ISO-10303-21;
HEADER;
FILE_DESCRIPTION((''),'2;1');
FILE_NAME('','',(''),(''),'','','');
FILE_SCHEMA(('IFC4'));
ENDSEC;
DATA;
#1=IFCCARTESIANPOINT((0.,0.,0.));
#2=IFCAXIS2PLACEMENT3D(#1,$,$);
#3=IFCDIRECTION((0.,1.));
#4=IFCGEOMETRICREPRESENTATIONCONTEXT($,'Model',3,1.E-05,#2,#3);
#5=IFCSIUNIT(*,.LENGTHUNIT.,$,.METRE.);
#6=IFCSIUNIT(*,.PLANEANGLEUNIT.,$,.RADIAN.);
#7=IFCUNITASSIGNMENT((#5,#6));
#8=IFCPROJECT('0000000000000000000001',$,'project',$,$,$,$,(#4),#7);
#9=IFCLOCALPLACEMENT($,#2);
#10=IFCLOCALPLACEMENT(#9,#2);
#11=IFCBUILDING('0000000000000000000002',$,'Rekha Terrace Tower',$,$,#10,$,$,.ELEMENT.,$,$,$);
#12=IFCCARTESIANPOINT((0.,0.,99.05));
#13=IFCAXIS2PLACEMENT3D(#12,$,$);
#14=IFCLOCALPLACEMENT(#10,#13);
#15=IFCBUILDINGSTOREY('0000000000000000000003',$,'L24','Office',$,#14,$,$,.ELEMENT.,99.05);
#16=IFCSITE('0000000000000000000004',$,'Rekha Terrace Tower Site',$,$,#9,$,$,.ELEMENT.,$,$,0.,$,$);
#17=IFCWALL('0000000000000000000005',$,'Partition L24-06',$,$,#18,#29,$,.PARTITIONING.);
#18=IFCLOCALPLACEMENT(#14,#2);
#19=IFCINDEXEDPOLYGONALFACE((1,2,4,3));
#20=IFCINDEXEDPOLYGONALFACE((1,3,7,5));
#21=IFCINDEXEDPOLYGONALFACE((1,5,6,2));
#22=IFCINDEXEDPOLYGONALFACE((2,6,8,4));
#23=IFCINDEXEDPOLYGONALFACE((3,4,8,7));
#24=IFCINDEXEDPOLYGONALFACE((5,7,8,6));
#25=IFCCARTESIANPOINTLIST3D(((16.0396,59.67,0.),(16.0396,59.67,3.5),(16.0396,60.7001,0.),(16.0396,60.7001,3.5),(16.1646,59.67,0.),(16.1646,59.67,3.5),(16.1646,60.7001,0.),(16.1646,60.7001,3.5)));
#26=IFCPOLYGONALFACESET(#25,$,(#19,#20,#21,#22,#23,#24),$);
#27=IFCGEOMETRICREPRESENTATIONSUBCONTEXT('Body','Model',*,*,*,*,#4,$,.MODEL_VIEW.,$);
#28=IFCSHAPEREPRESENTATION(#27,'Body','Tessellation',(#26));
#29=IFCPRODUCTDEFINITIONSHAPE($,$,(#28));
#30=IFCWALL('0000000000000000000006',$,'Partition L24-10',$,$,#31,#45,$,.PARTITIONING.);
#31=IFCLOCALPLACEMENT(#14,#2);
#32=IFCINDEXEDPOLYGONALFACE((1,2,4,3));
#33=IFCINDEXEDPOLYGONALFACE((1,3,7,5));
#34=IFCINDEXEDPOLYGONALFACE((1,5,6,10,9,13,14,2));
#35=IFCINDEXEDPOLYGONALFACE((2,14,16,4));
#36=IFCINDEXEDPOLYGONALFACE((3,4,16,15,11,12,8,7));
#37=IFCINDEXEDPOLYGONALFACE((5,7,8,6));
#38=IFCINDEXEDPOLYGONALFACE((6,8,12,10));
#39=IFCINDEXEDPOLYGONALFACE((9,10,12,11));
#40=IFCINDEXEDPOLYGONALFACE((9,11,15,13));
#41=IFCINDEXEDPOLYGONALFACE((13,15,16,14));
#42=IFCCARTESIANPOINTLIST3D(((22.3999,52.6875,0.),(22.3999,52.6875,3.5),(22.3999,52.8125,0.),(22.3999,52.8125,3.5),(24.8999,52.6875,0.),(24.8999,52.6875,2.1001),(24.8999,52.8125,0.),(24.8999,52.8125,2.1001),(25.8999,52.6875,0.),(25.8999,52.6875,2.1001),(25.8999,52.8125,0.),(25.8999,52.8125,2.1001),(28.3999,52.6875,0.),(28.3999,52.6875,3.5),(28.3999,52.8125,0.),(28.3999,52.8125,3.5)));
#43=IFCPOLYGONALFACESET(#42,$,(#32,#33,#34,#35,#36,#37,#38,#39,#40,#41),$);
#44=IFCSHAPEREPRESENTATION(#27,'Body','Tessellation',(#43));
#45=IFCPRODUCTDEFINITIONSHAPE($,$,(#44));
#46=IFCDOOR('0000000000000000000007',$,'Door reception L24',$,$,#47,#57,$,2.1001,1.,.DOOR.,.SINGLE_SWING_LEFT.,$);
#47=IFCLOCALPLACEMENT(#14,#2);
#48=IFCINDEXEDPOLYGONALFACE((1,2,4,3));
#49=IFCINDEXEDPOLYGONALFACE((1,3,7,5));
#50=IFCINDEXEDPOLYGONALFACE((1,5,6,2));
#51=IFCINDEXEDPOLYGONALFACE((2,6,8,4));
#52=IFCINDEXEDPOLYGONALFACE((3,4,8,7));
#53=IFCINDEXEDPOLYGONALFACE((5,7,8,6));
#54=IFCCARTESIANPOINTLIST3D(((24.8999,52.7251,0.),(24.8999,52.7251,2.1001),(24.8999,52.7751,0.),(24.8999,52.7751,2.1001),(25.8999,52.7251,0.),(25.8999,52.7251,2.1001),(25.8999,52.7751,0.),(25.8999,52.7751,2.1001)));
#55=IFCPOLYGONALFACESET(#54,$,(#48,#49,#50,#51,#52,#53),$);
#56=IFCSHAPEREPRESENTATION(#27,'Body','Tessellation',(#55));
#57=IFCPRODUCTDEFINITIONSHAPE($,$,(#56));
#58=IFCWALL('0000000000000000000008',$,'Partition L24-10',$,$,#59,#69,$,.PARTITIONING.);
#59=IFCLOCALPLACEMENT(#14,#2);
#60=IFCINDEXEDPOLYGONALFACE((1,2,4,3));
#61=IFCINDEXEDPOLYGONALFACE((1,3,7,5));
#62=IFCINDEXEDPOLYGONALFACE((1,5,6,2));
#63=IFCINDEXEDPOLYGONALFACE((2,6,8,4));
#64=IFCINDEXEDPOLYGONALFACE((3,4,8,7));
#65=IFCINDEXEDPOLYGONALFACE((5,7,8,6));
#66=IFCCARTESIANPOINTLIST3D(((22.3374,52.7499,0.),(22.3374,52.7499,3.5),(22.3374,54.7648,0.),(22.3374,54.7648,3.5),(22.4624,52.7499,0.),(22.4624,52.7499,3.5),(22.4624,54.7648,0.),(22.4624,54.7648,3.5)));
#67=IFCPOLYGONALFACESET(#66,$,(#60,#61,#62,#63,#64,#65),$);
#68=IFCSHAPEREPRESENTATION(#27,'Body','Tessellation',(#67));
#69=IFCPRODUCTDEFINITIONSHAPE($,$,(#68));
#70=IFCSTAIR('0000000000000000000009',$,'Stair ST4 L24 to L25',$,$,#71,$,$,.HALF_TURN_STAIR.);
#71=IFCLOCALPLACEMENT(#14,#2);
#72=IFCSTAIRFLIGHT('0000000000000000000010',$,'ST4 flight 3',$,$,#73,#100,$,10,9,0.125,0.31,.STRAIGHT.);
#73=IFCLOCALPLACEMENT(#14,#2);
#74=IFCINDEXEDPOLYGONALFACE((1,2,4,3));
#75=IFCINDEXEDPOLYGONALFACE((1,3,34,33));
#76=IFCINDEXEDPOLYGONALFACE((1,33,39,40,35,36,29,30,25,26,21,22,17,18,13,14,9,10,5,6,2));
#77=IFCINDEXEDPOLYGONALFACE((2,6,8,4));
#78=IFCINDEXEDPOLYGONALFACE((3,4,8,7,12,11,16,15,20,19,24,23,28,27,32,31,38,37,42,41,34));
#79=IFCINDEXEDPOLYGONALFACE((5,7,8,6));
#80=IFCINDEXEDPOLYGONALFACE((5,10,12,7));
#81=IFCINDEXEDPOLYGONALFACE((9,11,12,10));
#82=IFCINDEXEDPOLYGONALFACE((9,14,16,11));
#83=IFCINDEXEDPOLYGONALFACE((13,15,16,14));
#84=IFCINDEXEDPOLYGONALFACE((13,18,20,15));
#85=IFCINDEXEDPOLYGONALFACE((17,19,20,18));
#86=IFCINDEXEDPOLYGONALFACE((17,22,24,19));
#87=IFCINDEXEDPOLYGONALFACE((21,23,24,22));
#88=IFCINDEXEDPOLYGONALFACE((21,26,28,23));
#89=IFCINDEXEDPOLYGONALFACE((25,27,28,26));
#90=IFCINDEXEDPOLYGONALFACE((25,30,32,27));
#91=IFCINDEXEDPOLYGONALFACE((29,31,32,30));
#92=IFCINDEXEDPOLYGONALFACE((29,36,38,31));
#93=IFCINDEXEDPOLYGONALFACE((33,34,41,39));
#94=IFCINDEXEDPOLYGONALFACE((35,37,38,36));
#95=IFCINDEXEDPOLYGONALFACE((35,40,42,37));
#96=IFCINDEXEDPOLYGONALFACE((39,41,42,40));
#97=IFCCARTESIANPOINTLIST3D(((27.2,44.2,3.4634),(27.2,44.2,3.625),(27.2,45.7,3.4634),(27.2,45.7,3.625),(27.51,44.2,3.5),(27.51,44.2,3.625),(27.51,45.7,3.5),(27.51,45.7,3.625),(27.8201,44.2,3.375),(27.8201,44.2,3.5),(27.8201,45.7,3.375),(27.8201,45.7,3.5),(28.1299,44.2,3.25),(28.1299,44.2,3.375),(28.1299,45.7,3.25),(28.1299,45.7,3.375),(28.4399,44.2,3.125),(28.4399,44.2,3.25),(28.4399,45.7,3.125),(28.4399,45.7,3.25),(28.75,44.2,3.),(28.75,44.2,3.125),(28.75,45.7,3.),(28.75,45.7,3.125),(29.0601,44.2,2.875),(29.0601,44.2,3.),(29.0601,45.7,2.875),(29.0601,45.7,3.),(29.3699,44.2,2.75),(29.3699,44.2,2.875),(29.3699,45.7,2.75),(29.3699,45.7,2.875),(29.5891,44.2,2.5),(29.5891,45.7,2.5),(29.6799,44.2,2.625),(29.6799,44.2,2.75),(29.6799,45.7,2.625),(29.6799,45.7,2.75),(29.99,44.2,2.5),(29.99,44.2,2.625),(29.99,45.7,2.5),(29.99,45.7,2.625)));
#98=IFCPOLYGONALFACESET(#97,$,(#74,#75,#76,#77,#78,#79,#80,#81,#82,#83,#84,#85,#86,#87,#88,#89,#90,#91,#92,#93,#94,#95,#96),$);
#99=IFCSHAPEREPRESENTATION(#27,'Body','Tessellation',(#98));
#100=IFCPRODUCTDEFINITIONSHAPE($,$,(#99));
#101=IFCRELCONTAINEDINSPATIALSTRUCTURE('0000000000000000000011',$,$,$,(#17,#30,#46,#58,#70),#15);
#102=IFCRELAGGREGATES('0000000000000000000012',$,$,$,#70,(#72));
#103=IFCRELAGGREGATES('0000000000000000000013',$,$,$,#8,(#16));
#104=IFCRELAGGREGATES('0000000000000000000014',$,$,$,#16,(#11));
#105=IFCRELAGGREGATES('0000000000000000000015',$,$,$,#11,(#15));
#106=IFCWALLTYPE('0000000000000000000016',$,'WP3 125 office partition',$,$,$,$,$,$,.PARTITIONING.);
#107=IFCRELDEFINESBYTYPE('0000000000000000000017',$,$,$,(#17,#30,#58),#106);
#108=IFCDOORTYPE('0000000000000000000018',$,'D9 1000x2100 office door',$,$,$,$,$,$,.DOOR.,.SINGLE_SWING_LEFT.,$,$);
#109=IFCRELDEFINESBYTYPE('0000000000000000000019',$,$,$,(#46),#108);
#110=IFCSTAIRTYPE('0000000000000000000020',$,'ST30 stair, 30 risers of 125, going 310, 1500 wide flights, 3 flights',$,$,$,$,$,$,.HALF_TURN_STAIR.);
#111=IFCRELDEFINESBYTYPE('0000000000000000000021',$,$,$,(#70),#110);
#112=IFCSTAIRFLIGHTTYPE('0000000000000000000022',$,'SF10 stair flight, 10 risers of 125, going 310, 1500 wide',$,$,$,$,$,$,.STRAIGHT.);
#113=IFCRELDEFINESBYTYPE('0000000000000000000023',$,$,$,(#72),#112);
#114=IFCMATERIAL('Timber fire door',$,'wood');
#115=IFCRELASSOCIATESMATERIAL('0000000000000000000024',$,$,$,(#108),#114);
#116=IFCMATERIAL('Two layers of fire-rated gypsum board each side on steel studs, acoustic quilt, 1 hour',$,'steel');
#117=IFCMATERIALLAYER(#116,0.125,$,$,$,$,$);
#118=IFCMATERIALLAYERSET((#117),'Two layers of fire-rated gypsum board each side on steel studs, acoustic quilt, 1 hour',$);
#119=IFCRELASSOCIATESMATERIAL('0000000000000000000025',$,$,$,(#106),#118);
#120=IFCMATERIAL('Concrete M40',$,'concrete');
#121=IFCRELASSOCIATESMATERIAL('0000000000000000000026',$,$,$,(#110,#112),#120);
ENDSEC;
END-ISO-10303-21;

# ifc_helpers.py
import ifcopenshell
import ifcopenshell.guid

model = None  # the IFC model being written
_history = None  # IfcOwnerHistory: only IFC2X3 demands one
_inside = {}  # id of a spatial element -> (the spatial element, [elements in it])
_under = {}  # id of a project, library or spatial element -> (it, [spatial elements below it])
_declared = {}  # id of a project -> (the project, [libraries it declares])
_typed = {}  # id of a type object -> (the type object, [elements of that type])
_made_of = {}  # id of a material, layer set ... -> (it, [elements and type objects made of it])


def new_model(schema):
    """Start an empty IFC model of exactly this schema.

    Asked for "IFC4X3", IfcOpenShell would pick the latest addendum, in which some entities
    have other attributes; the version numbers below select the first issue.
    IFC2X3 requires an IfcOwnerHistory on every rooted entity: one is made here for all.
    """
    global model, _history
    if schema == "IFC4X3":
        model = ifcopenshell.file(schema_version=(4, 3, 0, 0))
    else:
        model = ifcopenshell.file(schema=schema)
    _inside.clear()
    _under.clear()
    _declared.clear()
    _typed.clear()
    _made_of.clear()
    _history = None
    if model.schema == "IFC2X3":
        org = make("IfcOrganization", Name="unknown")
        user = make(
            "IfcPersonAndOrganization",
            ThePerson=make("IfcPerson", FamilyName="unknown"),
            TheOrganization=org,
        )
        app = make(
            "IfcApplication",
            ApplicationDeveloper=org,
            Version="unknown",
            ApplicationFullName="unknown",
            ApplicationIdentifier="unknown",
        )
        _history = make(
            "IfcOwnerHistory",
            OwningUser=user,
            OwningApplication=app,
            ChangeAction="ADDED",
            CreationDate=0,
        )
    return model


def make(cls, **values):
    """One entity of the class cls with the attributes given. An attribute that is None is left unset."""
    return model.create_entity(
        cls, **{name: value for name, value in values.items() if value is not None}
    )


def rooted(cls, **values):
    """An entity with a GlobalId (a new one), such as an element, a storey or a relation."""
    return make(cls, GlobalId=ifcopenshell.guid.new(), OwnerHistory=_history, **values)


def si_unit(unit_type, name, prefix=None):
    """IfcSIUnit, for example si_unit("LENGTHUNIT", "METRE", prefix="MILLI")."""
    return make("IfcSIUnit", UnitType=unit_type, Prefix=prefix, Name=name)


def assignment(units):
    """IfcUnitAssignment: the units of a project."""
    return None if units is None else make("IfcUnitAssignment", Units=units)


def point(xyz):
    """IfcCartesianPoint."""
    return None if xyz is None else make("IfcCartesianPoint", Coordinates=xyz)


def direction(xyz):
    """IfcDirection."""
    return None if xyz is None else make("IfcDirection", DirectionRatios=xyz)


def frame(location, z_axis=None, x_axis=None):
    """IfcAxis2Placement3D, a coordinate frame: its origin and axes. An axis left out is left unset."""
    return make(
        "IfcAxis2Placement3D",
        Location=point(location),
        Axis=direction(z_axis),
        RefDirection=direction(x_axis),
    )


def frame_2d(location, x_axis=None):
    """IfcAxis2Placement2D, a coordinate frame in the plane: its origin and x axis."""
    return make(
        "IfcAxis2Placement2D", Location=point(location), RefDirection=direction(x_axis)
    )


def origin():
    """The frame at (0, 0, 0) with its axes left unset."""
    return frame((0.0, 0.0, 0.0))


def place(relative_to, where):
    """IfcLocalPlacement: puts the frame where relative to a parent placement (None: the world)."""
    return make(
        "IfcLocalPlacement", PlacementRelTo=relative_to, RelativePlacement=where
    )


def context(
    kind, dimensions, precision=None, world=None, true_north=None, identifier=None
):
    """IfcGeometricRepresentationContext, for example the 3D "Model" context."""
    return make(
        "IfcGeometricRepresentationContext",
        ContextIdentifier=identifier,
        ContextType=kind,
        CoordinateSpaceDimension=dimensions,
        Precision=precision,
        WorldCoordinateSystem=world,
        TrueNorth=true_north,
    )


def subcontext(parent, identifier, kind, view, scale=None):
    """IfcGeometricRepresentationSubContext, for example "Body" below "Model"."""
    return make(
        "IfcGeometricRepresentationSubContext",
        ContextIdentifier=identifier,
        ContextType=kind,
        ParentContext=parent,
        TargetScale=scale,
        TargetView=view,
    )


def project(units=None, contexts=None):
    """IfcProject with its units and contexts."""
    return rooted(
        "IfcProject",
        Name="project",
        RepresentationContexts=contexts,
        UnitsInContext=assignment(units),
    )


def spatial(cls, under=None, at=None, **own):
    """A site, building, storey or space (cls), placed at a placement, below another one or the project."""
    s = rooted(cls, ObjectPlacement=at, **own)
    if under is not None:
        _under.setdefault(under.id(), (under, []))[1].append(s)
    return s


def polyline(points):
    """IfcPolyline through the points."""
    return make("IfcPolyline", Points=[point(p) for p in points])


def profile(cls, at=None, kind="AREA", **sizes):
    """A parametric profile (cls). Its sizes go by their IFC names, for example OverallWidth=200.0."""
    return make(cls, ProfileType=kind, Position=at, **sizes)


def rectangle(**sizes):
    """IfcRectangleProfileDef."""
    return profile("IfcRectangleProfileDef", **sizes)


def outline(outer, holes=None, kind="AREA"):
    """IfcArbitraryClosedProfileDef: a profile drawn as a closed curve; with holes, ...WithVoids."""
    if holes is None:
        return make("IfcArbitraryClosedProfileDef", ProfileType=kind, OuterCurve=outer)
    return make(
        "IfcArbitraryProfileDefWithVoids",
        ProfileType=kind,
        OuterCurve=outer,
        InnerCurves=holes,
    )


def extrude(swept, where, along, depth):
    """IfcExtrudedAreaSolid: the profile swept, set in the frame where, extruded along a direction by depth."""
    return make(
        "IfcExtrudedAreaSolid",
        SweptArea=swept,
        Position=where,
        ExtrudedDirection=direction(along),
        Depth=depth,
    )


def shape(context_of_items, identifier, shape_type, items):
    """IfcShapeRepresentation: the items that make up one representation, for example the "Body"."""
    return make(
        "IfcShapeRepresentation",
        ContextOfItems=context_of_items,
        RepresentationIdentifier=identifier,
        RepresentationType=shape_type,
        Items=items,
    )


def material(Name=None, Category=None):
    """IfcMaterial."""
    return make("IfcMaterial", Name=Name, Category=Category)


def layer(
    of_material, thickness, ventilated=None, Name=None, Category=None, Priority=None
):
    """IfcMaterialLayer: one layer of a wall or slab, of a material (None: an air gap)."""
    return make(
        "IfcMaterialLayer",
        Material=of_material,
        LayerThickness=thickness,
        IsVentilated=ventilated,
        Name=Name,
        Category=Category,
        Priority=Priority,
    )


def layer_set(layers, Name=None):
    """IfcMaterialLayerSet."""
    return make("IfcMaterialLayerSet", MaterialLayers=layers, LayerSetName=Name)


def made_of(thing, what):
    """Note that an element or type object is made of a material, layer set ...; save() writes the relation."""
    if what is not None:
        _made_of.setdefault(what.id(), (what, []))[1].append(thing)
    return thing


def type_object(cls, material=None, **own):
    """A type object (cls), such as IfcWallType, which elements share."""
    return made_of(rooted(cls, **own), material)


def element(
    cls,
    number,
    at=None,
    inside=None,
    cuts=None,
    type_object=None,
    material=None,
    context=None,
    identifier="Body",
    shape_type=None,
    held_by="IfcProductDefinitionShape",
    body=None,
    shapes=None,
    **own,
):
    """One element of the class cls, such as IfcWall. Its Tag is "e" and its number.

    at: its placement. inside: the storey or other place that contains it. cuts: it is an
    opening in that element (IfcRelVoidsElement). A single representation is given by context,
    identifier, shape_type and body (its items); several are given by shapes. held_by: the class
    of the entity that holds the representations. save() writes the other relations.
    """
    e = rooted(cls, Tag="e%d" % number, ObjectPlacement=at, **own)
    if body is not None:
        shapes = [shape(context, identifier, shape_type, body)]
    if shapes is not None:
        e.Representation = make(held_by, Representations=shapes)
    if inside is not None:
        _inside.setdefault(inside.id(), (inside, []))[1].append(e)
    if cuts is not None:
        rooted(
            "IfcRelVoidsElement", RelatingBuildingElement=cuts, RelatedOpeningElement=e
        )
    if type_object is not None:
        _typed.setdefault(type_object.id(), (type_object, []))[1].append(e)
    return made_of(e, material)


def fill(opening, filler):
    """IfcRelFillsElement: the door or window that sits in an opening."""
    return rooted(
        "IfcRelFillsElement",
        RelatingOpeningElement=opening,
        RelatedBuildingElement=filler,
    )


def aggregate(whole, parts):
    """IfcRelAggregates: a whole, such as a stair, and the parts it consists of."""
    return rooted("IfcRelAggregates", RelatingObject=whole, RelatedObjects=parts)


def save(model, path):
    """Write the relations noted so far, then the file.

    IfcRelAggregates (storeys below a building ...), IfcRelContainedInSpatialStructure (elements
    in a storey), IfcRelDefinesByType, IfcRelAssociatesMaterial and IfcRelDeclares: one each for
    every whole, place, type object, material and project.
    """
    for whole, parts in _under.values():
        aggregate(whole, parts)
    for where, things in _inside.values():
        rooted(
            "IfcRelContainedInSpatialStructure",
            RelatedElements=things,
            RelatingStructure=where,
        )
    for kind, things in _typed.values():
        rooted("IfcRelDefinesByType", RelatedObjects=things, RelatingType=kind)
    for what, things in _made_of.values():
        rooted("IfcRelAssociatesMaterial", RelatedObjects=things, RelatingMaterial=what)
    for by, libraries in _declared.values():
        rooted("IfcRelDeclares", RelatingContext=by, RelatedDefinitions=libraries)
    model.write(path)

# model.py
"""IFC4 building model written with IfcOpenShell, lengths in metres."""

from ifc_helpers import new_model, si_unit, direction, frame, frame_2d, origin, place, context, subcontext, project, spatial, polyline, rectangle, outline, extrude, material, layer, layer_set, type_object, element, fill, aggregate, save


model = new_model("IFC4")

# Units and contexts
model_context = context("Model", 3, precision=1e-05, world=origin(), true_north=direction((0.0, 1.0)))
body_context = subcontext(model_context, "Body", "Model", "MODEL_VIEW")
ifc_project = project(units=[si_unit("LENGTHUNIT", "METRE"), si_unit("PLANEANGLEUNIT", "RADIAN")], contexts=[model_context])

# Site, building, storey
site_placement = place(None, origin())
site = spatial("IfcSite", under=ifc_project, at=site_placement, Name="Rekha Terrace Tower Site", CompositionType="ELEMENT", RefElevation=0.0)
building_placement = place(site_placement, origin())
building = spatial("IfcBuilding", under=site, at=building_placement, Name="Rekha Terrace Tower", CompositionType="ELEMENT")
storey_placement = place(building_placement, frame((0.0, 0.0, 99.05)))
storey = spatial("IfcBuildingStorey", under=building, at=storey_placement, Name="L24", Description="Office", CompositionType="ELEMENT", Elevation=99.05)

# Shared definitions
ifc_material_1 = material(Name="Timber fire door", Category="wood")
door_type_1 = type_object("IfcDoorType", Name="D9 1000x2100 office door", OperationType="SINGLE_SWING_LEFT", PredefinedType="DOOR", material=ifc_material_1)

# Shared definitions
ifc_material_2 = material(Name="Two layers of fire-rated gypsum board each side on steel studs, acoustic quilt, 1 hour", Category="steel")
ifc_layer_1 = layer(ifc_material_2, 0.125)
ifc_layer_set_1 = layer_set([ifc_layer_1], Name="Two layers of fire-rated gypsum board each side on steel studs, acoustic quilt, 1 hour")
wall_type_1 = type_object("IfcWallType", Name="WP3 125 office partition", PredefinedType="PARTITIONING", material=ifc_layer_set_1)

# Wall
wall_1_placement = place(storey_placement, frame((16.1021, 59.6699, 0.0), z_axis=(0.0, 0.0, 1.0), x_axis=(0.0, 1.0, 0.0)))
element("IfcWall", 1, at=wall_1_placement, inside=storey, type_object=wall_type_1, Name="Partition L24-06", PredefinedType="PARTITIONING", context=body_context, shape_type="SweptSolid", body=[
    extrude(rectangle(XDim=1.03, YDim=0.125, at=frame_2d((0.5151, 0.0))), origin(), (0.0, 0.0, 1.0), 3.5),
])

# Wall, opening, door
wall_2_placement = place(storey_placement, frame((28.3999, 52.75, 0.0), z_axis=(0.0, 0.0, 1.0), x_axis=(-1.0, 0.0, 0.0)))
wall_2 = element("IfcWall", 2, at=wall_2_placement, inside=storey, type_object=wall_type_1, Name="Partition L24-10", PredefinedType="PARTITIONING", context=body_context, shape_type="SweptSolid", body=[
    extrude(rectangle(XDim=6.0, YDim=0.125, at=frame_2d((3.0, 0.0))), origin(), (0.0, 0.0, 1.0), 3.5),
])
opening_1_placement = place(wall_2_placement, frame((2.5, 0.0, 0.0)))
opening_1 = element("IfcOpeningElement", 3, at=opening_1_placement, cuts=wall_2, PredefinedType="OPENING", context=body_context, shape_type="SweptSolid", body=[
    extrude(rectangle(XDim=1.0, YDim=2.1001, at=frame_2d((0.5, 1.05))), frame((0.0, 0.0725, 0.0), z_axis=(0.0, -1.0, 0.0), x_axis=(1.0, 0.0, 0.0)), (0.0, 0.0, 1.0), 0.145),
])
door_1_placement = place(opening_1_placement, origin())
door_1 = element("IfcDoor", 4, at=door_1_placement, inside=storey, type_object=door_type_1, Name="Door reception L24", OperationType="SINGLE_SWING_LEFT", OverallHeight=2.1001, OverallWidth=1.0, PredefinedType="DOOR", context=body_context, shape_type="SweptSolid", body=[
    extrude(rectangle(XDim=1.0, YDim=2.1001, at=frame_2d((0.5, 1.05))), frame((0.0, 0.0249, 0.0), z_axis=(0.0, -1.0, 0.0), x_axis=(1.0, 0.0, 0.0)), (0.0, 0.0, 1.0), 0.05),
])
fill(opening_1, door_1)

# Wall
wall_3_placement = place(storey_placement, frame((22.3999, 52.75, 0.0), z_axis=(0.0, 0.0, 1.0), x_axis=(0.0, 1.0, 0.0)))
element("IfcWall", 5, at=wall_3_placement, inside=storey, type_object=wall_type_1, Name="Partition L24-10", PredefinedType="PARTITIONING", context=body_context, shape_type="SweptSolid", body=[
    extrude(rectangle(XDim=2.0149, YDim=0.125, at=frame_2d((1.0073, 0.0))), origin(), (0.0, 0.0, 1.0), 3.5),
])

# Stair, stair flight
ifc_material_3 = material(Name="Concrete M40", Category="concrete")
stair_type = type_object("IfcStairType", Name="ST30 stair, 30 risers of 125, going 310, 1500 wide flights, 3 flights", PredefinedType="HALF_TURN_STAIR", material=ifc_material_3)
stair_placement = place(storey_placement, origin())
stair = element("IfcStair", 6, at=stair_placement, inside=storey, type_object=stair_type, Name="Stair ST4 L24 to L25", PredefinedType="HALF_TURN_STAIR")
stair_flight_type = type_object("IfcStairFlightType", Name="SF10 stair flight, 10 risers of 125, going 310, 1500 wide", PredefinedType="STRAIGHT", material=ifc_material_3)
stair_flight_placement = place(storey_placement, frame((29.99, 44.95, 2.5), z_axis=(0.0, 0.0, 1.0), x_axis=(-1.0, 0.0, 0.0)))
stair_flight = element("IfcStairFlight", 7, at=stair_flight_placement, type_object=stair_flight_type, Name="ST4 flight 3", NumberOfRisers=10, NumberOfTreads=9, PredefinedType="STRAIGHT", RiserHeight=0.125, TreadLength=0.31, context=body_context, shape_type="SweptSolid", body=[
    extrude(outline(polyline([(0.0, 0.0), (0.0, 0.125), (0.3101, 0.125), (0.3101, 0.25), (0.6201, 0.25), (0.6201, 0.375), (0.9299, 0.375), (0.9299, 0.5), (1.24, 0.5), (1.24, 0.625), (1.55, 0.625), (1.55, 0.75), (1.8601, 0.75), (1.8601, 0.875), (2.1699, 0.875), (2.1699, 1.0), (2.48, 1.0), (2.48, 1.125), (2.79, 1.125), (2.79, 1.25), (2.79, 0.9634), (0.4009, 0.0), (0.0, 0.0)])), frame((0.0, 0.75, 0.0), z_axis=(0.0, -1.0, 0.0), x_axis=(1.0, 0.0, 0.0)), (0.0, 0.0, 1.0), 1.5),
])
aggregate(stair, [stair_flight])

save(model, "model.ifc")
